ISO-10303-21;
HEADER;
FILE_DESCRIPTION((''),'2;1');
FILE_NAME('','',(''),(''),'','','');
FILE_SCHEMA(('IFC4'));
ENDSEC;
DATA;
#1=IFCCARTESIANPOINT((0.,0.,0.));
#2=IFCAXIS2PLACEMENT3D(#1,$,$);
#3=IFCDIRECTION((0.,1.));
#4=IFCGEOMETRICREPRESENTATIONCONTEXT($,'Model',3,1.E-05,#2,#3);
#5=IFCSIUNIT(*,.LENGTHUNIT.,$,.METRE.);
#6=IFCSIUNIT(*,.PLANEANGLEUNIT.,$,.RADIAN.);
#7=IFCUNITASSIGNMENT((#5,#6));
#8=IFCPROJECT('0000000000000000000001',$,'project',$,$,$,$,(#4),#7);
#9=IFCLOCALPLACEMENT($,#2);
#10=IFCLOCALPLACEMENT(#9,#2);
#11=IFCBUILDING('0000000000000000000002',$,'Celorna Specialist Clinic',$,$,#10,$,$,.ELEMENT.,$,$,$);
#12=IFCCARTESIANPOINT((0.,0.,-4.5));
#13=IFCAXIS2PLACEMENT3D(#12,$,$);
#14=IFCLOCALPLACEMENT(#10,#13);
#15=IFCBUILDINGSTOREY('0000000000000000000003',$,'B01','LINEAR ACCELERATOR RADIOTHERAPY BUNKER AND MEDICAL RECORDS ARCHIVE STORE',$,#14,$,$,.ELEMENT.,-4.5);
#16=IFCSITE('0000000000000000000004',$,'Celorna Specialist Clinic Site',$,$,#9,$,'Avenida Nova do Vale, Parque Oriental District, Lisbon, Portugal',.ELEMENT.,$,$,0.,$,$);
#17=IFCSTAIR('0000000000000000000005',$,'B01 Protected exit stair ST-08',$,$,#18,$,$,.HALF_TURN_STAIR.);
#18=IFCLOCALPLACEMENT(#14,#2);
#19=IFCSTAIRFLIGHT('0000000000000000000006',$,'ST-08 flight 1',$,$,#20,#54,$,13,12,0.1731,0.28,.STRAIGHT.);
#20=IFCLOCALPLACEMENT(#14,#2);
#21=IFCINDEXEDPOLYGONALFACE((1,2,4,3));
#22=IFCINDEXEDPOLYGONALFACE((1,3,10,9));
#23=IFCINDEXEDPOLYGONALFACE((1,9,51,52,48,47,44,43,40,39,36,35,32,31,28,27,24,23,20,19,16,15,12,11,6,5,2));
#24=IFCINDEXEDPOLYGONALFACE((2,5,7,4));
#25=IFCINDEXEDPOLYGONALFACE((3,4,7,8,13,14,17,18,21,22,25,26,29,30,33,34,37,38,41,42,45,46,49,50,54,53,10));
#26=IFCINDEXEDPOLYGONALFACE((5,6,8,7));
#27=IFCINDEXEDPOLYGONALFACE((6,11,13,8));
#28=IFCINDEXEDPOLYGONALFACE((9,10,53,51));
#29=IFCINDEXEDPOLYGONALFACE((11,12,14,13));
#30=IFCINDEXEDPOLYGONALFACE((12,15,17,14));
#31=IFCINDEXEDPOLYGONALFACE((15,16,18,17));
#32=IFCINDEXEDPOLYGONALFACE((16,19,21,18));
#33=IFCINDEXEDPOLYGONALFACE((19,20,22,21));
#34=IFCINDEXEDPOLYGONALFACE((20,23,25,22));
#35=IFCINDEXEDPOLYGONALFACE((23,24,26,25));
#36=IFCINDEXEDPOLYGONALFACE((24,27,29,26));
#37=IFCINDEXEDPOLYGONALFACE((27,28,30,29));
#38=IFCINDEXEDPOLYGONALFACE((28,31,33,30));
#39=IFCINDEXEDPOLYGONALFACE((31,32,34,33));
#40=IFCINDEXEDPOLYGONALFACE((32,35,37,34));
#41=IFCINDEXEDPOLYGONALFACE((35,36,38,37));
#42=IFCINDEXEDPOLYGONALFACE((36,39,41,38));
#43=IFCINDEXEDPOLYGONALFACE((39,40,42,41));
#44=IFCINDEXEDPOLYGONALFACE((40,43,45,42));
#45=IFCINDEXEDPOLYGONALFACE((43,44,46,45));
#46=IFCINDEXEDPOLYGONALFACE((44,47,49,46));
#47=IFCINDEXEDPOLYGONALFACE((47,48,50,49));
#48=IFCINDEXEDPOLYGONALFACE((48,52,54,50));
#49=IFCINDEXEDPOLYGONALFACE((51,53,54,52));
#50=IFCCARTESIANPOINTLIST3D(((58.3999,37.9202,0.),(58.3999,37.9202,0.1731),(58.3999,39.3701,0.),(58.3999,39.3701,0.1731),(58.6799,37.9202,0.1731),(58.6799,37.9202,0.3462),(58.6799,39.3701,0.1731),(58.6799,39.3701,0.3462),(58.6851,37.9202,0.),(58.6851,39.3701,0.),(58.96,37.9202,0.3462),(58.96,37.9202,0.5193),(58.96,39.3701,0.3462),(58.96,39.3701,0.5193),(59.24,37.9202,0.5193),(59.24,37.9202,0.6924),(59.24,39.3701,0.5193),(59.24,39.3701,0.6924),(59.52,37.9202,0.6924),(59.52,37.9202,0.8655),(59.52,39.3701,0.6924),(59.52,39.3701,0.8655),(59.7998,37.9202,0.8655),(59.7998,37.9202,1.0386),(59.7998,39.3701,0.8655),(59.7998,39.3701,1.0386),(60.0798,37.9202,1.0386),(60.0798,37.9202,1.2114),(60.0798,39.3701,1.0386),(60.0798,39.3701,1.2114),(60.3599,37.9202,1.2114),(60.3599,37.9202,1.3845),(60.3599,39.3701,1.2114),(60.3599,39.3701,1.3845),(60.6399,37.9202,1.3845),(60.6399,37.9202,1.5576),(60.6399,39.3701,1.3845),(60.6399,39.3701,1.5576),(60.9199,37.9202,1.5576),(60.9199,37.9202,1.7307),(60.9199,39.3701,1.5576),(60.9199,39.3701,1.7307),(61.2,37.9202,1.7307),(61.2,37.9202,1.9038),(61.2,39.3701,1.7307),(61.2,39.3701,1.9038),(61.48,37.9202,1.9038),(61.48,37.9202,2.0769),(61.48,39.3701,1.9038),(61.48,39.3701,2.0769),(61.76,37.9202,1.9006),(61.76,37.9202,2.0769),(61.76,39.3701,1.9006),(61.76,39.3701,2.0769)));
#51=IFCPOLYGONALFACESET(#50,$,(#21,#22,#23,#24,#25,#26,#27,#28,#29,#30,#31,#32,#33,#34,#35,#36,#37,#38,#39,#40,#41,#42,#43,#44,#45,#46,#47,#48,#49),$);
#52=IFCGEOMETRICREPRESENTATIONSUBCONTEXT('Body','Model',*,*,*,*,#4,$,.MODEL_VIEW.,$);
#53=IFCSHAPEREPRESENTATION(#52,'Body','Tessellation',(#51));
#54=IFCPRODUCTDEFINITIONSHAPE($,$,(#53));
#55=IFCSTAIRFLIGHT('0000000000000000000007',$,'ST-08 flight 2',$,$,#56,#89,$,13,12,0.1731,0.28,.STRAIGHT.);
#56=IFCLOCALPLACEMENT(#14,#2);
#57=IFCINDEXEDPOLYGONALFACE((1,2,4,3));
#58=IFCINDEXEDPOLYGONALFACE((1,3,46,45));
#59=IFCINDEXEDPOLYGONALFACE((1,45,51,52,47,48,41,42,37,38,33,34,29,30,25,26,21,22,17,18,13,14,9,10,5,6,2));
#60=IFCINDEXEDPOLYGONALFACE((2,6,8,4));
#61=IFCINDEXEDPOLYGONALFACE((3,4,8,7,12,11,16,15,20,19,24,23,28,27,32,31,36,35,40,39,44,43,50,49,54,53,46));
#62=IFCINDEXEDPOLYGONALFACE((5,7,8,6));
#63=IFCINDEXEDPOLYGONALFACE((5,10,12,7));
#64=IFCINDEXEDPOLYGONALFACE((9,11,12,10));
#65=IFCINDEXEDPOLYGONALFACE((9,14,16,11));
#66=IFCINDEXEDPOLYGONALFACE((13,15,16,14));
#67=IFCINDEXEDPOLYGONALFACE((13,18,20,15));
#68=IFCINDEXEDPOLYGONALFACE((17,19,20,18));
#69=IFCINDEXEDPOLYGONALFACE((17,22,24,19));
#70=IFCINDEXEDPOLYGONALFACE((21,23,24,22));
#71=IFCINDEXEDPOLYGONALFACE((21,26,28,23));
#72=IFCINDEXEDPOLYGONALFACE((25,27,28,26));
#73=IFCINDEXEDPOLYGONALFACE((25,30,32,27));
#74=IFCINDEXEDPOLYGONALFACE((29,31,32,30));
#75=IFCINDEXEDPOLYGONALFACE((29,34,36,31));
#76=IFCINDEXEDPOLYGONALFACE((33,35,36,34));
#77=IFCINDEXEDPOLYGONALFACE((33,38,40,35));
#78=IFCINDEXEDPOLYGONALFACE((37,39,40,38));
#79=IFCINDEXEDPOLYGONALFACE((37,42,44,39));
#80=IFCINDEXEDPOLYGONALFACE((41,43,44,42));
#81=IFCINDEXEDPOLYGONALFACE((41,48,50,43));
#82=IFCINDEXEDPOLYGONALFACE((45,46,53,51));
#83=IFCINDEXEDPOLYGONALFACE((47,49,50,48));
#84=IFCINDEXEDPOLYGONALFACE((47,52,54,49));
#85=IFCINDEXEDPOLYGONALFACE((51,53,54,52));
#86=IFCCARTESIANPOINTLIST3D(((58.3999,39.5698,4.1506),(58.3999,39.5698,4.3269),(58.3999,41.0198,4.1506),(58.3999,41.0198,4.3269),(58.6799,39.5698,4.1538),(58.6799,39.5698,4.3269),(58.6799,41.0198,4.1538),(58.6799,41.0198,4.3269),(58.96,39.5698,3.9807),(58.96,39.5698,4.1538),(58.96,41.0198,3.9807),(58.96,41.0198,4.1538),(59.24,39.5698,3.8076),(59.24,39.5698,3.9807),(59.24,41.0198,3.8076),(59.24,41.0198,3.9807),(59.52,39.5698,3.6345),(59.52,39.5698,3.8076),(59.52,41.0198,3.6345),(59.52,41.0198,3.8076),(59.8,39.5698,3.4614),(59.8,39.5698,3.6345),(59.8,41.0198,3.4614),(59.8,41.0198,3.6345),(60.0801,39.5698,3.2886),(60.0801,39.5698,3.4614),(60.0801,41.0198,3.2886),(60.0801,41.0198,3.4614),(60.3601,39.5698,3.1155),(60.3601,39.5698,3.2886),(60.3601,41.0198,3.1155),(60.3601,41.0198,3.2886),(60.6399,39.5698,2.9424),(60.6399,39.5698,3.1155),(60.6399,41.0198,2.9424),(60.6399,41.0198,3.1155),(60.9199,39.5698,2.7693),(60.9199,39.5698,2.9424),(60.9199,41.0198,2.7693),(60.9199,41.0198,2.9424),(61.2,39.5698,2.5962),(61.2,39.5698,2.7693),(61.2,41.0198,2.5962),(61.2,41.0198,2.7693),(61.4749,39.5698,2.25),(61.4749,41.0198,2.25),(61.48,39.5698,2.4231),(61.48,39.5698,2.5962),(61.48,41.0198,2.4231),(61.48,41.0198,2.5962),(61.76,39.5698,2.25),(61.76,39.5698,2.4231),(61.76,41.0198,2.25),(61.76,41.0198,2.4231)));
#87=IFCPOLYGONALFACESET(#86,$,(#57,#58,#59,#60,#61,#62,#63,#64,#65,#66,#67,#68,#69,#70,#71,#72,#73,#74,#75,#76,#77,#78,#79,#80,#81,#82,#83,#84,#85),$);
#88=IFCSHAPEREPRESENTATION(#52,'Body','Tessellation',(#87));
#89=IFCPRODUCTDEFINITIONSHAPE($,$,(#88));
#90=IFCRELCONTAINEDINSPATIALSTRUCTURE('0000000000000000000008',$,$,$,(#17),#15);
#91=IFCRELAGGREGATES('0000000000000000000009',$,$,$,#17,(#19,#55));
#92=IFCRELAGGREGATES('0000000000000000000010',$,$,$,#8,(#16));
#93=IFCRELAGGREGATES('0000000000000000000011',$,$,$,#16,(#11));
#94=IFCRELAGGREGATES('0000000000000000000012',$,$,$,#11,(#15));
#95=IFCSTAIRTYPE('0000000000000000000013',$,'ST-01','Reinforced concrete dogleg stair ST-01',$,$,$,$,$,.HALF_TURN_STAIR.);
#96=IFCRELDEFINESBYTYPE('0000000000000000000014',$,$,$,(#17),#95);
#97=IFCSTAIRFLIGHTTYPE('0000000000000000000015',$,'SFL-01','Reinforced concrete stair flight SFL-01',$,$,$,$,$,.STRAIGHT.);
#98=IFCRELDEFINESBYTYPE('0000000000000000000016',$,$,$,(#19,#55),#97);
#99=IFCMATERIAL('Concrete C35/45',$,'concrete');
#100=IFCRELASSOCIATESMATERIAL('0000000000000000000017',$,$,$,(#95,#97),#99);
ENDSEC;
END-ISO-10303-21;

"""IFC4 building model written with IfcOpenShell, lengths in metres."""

from ifc_helpers import new_model, si_unit, direction, frame, origin, place, context, subcontext, project, spatial, polyline, outline, extrude, material, type_object, element, aggregate, save


model = new_model("IFC4")

# Units and contexts
model_context = context("Model", 3, precision=1e-05, world=origin(), true_north=direction((0.0, 1.0)))
body_context = subcontext(model_context, "Body", "Model", "MODEL_VIEW")
ifc_project = project(units=[si_unit("LENGTHUNIT", "METRE"), si_unit("PLANEANGLEUNIT", "RADIAN")], contexts=[model_context])

# Site, building, storey
site_placement = place(None, origin())
site = spatial("IfcSite", under=ifc_project, at=site_placement, Name="Celorna Specialist Clinic Site", LongName="Avenida Nova do Vale, Parque Oriental District, Lisbon, Portugal", CompositionType="ELEMENT", RefElevation=0.0)
building_placement = place(site_placement, origin())
building = spatial("IfcBuilding", under=site, at=building_placement, Name="Celorna Specialist Clinic", CompositionType="ELEMENT")
storey_placement = place(building_placement, frame((0.0, 0.0, -4.5)))
storey = spatial("IfcBuildingStorey", under=building, at=storey_placement, Name="B01", Description="LINEAR ACCELERATOR RADIOTHERAPY BUNKER AND MEDICAL RECORDS ARCHIVE STORE", CompositionType="ELEMENT", Elevation=-4.5)

# Shared definitions
ifc_material_1 = material(Name="Concrete C35/45", Category="concrete")

# Stair, stair flights
stair_type = type_object("IfcStairType", Name="ST-01", Description="Reinforced concrete dogleg stair ST-01", PredefinedType="HALF_TURN_STAIR", material=ifc_material_1)
stair_placement = place(storey_placement, origin())
stair = element("IfcStair", 1, at=stair_placement, inside=storey, type_object=stair_type, Name="B01 Protected exit stair ST-08", PredefinedType="HALF_TURN_STAIR")
stair_flight_type = type_object("IfcStairFlightType", Name="SFL-01", Description="Reinforced concrete stair flight SFL-01", PredefinedType="STRAIGHT", material=ifc_material_1)
stair_flight_1_placement = place(storey_placement, frame((58.3999, 38.645, 0.0), z_axis=(0.0, 0.0, 1.0), x_axis=(1.0, 0.0, 0.0)))
stair_flight_1 = element("IfcStairFlight", 2, at=stair_flight_1_placement, type_object=stair_flight_type, Name="ST-08 flight 1", NumberOfRisers=13, NumberOfTreads=12, PredefinedType="STRAIGHT", RiserHeight=0.1731, TreadLength=0.28, context=body_context, shape_type="SweptSolid", body=[
    extrude(outline(polyline([(0.0, 0.0), (0.0, 0.1731), (0.28, 0.1731), (0.28, 0.3462), (0.5601, 0.3462), (0.5601, 0.5193), (0.8401, 0.5193), (0.8401, 0.6924), (1.1201, 0.6924), (1.1201, 0.8655), (1.3999, 0.8655), (1.3999, 1.0386), (1.6799, 1.0386), (1.6799, 1.2114), (1.96, 1.2114), (1.96, 1.3845), (2.24, 1.3845), (2.24, 1.5576), (2.52, 1.5576), (2.52, 1.7307), (2.8, 1.7307), (2.8, 1.9038), (3.0801, 1.9038), (3.0801, 2.0769), (3.3601, 2.0769), (3.3601, 2.25), (3.3601, 1.9006), (0.2852, 0.0), (0.0, 0.0)])), frame((0.0, 0.7251, 0.0), z_axis=(0.0, -1.0, 0.0), x_axis=(1.0, 0.0, 0.0)), (0.0, 0.0, 1.0), 1.45),
])
stair_flight_2_placement = place(storey_placement, frame((61.76, 40.2949, 2.25), z_axis=(0.0, 0.0, 1.0), x_axis=(-1.0, 0.0, 0.0)))
stair_flight_2 = element("IfcStairFlight", 3, at=stair_flight_2_placement, type_object=stair_flight_type, Name="ST-08 flight 2", NumberOfRisers=13, NumberOfTreads=12, PredefinedType="STRAIGHT", RiserHeight=0.1731, TreadLength=0.28, context=body_context, shape_type="SweptSolid", body=[
    extrude(outline(polyline([(0.0, 0.0), (0.0, 0.1731), (0.28, 0.1731), (0.28, 0.3462), (0.5601, 0.3462), (0.5601, 0.5193), (0.8401, 0.5193), (0.8401, 0.6924), (1.1201, 0.6924), (1.1201, 0.8655), (1.3999, 0.8655), (1.3999, 1.0386), (1.6799, 1.0386), (1.6799, 1.2114), (1.96, 1.2114), (1.96, 1.3845), (2.24, 1.3845), (2.24, 1.5576), (2.52, 1.5576), (2.52, 1.7307), (2.8, 1.7307), (2.8, 1.9038), (3.0801, 1.9038), (3.0801, 2.0769), (3.3601, 2.0769), (3.3601, 2.25), (3.3601, 1.9006), (0.2852, 0.0), (0.0, 0.0)])), frame((0.0, 0.7251, 0.0), z_axis=(0.0, -1.0, 0.0), x_axis=(1.0, 0.0, 0.0)), (0.0, 0.0, 1.0), 1.45),
])
aggregate(stair, [stair_flight_1, stair_flight_2])

save(model, "model.ifc")
